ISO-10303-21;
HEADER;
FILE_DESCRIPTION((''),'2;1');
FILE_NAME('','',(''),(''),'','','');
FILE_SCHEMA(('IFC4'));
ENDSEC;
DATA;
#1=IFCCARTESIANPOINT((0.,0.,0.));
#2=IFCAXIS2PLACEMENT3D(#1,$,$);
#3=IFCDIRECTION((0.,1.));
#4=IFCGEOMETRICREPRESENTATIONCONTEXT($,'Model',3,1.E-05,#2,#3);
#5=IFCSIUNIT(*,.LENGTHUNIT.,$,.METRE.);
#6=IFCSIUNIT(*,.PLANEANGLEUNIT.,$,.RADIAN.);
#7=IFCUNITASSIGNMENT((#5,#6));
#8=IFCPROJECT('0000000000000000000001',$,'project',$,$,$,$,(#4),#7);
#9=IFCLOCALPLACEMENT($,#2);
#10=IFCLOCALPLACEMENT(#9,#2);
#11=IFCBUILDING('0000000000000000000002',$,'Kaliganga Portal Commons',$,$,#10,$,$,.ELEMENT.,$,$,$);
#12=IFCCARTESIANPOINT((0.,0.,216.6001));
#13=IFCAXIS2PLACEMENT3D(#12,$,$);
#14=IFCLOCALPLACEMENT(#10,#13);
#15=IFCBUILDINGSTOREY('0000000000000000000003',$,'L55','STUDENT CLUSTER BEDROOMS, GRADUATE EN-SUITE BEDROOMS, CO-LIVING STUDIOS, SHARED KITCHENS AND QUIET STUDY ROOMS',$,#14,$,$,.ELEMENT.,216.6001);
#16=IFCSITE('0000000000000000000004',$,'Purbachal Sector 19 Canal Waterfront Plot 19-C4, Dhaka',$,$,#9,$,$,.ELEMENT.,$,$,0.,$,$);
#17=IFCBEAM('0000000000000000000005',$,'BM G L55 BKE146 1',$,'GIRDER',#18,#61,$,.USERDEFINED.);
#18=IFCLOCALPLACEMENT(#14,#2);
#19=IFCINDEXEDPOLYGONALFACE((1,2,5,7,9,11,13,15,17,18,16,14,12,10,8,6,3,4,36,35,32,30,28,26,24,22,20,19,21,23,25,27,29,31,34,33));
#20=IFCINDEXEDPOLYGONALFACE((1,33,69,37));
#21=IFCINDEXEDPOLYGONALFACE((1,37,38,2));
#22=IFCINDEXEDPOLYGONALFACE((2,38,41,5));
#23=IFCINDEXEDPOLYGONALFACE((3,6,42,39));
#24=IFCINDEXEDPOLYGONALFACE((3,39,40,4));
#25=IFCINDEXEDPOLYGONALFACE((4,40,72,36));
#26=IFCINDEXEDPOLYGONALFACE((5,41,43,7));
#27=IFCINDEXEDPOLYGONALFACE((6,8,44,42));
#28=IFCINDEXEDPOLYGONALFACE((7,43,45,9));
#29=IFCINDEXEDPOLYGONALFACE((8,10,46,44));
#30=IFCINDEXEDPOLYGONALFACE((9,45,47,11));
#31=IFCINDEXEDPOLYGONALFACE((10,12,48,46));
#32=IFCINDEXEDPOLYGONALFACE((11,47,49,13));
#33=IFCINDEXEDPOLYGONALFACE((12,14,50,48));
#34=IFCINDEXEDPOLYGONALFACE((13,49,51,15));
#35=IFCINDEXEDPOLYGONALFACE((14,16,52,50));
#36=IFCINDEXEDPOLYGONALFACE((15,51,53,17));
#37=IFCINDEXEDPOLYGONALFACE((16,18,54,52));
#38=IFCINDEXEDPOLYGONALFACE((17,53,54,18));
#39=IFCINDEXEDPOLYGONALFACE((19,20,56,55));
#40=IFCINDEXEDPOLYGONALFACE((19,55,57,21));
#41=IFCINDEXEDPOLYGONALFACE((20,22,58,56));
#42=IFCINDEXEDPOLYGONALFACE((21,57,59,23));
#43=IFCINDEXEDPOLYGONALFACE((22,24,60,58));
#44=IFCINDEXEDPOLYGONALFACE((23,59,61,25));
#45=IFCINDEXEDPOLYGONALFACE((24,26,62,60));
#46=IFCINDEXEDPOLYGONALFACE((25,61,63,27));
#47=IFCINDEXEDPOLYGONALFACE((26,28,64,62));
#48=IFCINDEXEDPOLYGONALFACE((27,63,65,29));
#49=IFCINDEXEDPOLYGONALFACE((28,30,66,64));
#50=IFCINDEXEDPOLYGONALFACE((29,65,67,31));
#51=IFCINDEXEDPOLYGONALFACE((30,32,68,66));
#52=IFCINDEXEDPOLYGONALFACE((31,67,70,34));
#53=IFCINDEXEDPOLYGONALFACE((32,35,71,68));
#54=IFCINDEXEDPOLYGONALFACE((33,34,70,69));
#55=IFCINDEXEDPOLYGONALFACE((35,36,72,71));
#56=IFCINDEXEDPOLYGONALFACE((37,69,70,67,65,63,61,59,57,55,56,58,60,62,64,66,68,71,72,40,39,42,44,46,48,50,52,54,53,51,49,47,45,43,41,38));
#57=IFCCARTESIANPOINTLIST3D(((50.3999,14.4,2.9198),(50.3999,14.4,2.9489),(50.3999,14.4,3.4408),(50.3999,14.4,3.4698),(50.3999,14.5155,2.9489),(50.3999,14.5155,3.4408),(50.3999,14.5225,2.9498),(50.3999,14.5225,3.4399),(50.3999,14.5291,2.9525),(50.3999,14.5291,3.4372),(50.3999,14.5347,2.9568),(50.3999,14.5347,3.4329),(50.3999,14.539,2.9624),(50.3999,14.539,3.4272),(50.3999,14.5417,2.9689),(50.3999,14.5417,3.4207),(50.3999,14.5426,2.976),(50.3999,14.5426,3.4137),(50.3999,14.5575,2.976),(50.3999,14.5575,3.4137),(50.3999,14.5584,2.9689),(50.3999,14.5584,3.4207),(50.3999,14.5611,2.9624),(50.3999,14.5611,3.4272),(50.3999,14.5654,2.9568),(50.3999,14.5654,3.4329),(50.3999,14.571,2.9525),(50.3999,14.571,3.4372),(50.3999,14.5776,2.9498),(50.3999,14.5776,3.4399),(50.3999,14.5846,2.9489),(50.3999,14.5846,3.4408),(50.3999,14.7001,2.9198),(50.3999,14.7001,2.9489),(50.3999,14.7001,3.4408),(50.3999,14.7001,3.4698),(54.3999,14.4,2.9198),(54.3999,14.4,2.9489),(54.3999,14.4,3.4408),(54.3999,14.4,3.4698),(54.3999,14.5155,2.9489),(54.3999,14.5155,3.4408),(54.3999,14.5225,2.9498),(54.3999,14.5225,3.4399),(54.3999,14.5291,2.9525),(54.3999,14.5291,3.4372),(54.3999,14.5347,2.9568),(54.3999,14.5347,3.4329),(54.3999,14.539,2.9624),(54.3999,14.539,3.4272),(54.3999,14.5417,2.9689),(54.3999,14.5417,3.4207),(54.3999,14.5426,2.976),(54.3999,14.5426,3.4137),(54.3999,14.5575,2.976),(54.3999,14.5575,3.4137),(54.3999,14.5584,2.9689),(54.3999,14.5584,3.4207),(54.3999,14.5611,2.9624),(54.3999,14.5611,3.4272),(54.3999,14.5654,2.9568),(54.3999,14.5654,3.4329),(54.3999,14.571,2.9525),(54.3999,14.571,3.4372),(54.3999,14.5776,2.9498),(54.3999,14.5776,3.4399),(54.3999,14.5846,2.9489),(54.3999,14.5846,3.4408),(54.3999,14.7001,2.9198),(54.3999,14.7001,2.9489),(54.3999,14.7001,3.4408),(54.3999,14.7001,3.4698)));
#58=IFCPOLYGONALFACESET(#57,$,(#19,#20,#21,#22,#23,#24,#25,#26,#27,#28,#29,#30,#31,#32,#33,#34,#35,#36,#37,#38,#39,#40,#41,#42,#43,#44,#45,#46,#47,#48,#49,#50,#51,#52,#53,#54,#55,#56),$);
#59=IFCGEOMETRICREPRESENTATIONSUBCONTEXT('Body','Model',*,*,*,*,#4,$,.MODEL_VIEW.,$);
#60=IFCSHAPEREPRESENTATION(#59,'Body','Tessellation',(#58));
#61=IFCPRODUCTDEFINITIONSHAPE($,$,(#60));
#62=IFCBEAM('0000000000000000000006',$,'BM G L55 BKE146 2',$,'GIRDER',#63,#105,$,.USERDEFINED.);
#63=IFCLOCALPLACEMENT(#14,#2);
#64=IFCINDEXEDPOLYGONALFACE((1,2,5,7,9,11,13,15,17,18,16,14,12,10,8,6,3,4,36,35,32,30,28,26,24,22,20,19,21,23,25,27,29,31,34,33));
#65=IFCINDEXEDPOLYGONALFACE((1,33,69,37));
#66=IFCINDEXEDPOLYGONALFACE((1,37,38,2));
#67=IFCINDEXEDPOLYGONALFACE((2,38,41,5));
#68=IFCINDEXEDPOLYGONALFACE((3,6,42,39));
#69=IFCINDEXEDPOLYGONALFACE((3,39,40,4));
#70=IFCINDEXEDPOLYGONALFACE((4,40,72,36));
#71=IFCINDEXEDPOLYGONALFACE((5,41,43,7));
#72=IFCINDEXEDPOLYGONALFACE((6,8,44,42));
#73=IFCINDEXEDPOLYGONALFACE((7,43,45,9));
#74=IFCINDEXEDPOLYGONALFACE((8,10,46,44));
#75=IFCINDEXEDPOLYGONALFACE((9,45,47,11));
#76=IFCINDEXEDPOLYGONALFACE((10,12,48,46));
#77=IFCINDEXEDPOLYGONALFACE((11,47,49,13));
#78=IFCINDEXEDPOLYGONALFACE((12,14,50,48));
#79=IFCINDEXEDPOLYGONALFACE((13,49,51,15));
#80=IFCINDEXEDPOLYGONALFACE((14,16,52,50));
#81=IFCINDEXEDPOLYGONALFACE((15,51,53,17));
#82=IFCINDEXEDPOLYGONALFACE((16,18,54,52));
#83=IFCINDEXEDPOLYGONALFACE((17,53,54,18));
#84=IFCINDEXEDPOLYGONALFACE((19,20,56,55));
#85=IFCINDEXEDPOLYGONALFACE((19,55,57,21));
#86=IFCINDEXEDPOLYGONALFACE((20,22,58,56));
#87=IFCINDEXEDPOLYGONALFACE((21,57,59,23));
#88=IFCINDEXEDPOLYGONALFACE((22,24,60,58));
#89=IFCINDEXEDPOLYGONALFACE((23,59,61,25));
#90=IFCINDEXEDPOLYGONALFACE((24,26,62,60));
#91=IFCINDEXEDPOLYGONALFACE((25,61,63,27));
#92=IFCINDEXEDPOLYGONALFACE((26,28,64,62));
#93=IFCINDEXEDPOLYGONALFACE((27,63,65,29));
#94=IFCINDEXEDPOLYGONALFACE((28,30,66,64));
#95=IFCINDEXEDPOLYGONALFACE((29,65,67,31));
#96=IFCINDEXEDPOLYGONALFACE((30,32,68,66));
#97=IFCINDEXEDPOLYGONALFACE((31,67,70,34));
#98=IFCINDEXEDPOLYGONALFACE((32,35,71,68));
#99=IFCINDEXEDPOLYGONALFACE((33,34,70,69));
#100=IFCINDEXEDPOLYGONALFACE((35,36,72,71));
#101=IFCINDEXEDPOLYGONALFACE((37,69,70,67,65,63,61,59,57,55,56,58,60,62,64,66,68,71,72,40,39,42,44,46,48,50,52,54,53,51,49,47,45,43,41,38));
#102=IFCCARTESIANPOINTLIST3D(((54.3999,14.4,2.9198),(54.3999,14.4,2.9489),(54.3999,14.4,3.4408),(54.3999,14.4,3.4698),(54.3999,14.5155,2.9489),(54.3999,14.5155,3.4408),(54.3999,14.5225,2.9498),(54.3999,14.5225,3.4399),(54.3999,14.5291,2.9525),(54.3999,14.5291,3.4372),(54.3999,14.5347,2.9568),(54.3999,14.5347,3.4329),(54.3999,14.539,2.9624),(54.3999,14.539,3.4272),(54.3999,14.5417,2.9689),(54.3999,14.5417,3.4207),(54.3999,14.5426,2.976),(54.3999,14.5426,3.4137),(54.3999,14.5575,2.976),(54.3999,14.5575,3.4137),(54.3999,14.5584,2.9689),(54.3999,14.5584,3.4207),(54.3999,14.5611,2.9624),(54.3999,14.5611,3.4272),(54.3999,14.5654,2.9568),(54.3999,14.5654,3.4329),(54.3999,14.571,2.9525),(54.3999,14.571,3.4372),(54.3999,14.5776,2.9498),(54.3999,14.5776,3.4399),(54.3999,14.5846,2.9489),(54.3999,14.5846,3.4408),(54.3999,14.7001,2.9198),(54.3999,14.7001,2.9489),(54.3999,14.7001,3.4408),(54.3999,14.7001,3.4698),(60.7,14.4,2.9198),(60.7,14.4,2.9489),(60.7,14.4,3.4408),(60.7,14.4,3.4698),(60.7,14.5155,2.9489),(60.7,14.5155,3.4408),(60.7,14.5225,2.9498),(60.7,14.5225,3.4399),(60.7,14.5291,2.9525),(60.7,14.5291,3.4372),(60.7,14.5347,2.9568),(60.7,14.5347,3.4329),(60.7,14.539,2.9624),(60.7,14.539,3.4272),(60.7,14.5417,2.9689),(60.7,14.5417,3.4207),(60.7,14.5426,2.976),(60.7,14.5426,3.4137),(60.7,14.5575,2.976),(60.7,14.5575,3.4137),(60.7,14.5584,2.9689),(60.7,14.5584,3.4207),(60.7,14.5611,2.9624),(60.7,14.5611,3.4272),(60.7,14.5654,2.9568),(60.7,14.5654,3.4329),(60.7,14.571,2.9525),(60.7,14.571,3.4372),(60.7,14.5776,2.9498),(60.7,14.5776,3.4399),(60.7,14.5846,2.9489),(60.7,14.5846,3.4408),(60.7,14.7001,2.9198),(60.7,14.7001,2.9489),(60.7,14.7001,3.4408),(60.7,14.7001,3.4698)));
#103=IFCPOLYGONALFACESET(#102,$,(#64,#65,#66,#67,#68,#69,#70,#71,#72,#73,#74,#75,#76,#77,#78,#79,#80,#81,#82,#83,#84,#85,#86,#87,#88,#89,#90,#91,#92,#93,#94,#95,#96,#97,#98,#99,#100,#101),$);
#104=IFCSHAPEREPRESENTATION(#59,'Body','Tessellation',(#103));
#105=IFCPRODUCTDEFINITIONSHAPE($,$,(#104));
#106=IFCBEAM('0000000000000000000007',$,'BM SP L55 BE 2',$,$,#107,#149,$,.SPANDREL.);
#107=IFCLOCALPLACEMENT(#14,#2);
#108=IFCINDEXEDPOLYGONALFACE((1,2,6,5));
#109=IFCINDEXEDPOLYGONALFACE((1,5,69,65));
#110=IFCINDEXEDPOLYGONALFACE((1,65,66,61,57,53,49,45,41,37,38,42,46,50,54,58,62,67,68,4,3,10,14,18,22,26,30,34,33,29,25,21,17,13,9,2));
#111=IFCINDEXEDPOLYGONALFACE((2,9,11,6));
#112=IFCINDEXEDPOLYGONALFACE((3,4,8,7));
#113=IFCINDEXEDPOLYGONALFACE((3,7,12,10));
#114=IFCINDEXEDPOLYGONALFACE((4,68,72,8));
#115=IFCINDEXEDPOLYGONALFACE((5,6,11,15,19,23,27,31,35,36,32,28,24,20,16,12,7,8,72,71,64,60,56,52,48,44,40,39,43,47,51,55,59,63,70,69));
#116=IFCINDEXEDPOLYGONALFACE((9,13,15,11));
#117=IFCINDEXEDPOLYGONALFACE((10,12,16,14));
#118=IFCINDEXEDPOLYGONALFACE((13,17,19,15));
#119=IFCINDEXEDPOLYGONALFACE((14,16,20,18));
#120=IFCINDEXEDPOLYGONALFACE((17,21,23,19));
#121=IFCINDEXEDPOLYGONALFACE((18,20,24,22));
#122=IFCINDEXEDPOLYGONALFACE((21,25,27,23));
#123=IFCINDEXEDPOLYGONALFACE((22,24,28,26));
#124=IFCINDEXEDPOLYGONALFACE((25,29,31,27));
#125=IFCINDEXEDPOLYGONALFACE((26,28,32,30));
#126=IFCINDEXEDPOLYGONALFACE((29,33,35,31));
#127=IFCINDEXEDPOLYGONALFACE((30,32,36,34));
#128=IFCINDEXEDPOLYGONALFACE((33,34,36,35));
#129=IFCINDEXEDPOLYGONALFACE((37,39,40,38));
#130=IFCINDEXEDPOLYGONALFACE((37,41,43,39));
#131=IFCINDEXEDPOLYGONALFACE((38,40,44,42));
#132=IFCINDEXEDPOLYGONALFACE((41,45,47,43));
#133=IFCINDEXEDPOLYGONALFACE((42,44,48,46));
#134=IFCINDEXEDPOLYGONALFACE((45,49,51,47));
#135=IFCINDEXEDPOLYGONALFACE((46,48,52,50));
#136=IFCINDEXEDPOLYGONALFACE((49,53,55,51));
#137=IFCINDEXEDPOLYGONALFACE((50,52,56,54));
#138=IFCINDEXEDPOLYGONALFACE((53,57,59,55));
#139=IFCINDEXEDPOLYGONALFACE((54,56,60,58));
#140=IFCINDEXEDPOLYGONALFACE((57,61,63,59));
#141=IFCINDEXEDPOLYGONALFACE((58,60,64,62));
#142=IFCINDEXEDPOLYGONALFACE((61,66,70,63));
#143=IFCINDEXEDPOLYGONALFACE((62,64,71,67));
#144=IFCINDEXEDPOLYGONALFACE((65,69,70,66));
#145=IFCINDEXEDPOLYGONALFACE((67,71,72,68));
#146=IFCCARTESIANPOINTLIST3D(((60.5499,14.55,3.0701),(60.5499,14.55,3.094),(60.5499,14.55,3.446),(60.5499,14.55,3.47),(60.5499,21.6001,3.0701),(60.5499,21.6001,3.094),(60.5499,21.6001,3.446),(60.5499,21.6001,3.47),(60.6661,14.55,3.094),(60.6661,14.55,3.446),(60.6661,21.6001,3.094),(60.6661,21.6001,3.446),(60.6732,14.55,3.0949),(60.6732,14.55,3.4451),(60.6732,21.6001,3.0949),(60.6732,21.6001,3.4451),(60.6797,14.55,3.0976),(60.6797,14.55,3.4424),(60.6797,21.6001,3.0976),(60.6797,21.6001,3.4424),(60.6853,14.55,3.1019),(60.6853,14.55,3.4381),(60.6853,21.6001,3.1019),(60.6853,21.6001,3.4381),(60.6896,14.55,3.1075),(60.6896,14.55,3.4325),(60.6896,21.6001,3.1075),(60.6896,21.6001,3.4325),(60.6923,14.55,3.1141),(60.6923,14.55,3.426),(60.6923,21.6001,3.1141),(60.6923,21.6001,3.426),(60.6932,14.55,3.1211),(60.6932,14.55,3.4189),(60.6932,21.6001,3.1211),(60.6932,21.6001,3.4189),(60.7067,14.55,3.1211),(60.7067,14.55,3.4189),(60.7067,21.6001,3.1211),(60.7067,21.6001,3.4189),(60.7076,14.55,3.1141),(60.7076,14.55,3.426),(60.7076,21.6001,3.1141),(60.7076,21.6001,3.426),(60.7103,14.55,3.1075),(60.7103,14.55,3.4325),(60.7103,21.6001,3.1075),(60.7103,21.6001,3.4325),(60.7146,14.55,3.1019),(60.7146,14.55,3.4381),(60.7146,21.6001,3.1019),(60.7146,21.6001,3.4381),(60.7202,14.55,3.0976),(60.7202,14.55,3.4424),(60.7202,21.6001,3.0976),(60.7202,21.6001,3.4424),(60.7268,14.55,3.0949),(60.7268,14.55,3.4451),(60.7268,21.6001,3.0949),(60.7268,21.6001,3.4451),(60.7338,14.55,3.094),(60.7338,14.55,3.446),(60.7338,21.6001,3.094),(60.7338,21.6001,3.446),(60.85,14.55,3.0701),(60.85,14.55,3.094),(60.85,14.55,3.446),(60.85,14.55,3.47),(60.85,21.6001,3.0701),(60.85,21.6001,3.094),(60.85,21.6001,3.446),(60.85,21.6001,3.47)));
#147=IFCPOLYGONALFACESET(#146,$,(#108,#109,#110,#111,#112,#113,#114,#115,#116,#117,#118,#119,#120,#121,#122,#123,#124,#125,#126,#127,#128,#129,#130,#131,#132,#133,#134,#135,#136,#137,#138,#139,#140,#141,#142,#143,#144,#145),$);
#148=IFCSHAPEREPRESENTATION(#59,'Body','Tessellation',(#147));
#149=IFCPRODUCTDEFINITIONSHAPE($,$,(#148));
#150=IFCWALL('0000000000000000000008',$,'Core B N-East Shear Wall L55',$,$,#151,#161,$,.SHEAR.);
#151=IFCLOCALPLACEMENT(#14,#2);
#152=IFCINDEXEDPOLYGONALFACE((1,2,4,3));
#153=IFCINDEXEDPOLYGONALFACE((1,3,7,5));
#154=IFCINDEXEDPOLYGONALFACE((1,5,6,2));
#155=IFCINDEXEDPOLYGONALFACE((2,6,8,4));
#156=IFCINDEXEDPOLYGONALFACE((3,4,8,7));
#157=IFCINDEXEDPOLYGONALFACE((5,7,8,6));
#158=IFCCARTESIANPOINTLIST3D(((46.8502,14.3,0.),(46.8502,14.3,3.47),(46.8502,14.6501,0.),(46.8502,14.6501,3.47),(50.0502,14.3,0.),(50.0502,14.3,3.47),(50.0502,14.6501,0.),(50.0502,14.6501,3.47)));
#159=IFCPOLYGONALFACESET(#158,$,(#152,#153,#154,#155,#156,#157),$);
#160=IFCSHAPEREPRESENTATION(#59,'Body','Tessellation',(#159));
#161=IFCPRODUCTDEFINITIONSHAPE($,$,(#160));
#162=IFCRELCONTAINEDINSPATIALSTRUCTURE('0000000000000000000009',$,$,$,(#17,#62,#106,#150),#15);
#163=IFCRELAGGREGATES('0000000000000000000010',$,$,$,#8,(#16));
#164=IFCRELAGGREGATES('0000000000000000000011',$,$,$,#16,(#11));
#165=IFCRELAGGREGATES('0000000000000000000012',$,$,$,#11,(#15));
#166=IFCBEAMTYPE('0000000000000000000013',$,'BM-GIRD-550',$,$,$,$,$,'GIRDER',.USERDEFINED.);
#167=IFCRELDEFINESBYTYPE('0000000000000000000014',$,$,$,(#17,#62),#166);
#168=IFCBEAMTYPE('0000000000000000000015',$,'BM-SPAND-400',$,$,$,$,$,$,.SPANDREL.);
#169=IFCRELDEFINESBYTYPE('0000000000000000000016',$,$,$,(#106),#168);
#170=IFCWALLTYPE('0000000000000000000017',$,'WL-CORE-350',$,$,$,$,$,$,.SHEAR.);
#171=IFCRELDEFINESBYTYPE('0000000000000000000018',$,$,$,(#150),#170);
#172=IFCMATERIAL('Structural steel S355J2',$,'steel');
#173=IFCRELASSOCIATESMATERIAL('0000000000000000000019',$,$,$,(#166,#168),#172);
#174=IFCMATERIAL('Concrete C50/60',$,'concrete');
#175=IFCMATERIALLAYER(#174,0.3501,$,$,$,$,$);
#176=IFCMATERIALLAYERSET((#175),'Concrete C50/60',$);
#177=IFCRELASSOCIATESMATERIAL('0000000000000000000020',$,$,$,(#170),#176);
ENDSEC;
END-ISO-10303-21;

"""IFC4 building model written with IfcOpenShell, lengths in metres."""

from ifc_helpers import new_model, si_unit, direction, frame, frame_2d, origin, origin_2d, place, context, subcontext, project, spatial, rectangle, i_section, extrude, source, transform, mapped, material, layer, layer_set, material_profile, profile_set, type_object, element, save


model = new_model("IFC4")

# Units and contexts
model_context = context("Model", 3, precision=1e-05, world=origin(), true_north=direction((0.0, 1.0)))
body_context = subcontext(model_context, "Body", "Model", "MODEL_VIEW")
ifc_project = project(units=[si_unit("LENGTHUNIT", "METRE"), si_unit("PLANEANGLEUNIT", "RADIAN")], contexts=[model_context])

# Site, building, storey
site_placement = place(None, origin())
site = spatial("IfcSite", under=ifc_project, at=site_placement, Name="Purbachal Sector 19 Canal Waterfront Plot 19-C4, Dhaka", CompositionType="ELEMENT", RefElevation=0.0)
building_placement = place(site_placement, origin())
building = spatial("IfcBuilding", under=site, at=building_placement, Name="Kaliganga Portal Commons", CompositionType="ELEMENT")
storey_placement = place(building_placement, frame((0.0, 0.0, 216.6001)))
storey = spatial("IfcBuildingStorey", under=building, at=storey_placement, Name="L55", Description="STUDENT CLUSTER BEDROOMS, GRADUATE EN-SUITE BEDROOMS, CO-LIVING STUDIOS, SHARED KITCHENS AND QUIET STUDY ROOMS", CompositionType="ELEMENT", Elevation=216.6001)

# Shared definitions
ifc_material_1 = material(Name="Concrete C50/60", Category="concrete")
ifc_material_2 = material(Name="Structural steel S355J2", Category="steel")

# Beams
ifc_material_profile_1 = material_profile(ifc_material_2, i_section(OverallWidth=0.3, OverallDepth=0.55, WebThickness=0.0149, FlangeThickness=0.0291, FilletRadius=0.0271, at=origin_2d()), Name="HE 550 B")
ifc_profile_set_1 = profile_set([ifc_material_profile_1], Name="Structural steel S355J2 wide-flange")
beam_type_1 = type_object("IfcBeamType", Name="BM-GIRD-550", ElementType="GIRDER", PredefinedType="USERDEFINED", material=ifc_profile_set_1)
shared_shape_1 = source(origin(), body_context, "Body", "SweptSolid", [
    extrude(i_section(OverallWidth=0.3, OverallDepth=0.55, WebThickness=0.0149, FlangeThickness=0.0291, FilletRadius=0.0271, at=origin_2d()), origin(), (0.0, 0.0, 1.0), 4.0),
])
beam_1_placement = place(storey_placement, frame((50.3999, 14.55, 3.1948), z_axis=(1.0, 0.0, 0.0), x_axis=(0.0, 1.0, 0.0)))
element("IfcBeam", 1, at=beam_1_placement, inside=storey, type_object=beam_type_1, Name="BM G L55 BKE146 1", ObjectType="GIRDER", PredefinedType="USERDEFINED", context=body_context, shape_type="MappedRepresentation", body=[
    mapped(shared_shape_1, transform((0.0, 0.0, 0.0), x_axis=(1.0, 0.0, 0.0), y_axis=(0.0, 1.0, 0.0), z_axis=(0.0, 0.0, 1.0), scale=1.0)),
])
shared_shape_2 = source(origin(), body_context, "Body", "SweptSolid", [
    extrude(i_section(OverallWidth=0.3, OverallDepth=0.55, WebThickness=0.0149, FlangeThickness=0.0291, FilletRadius=0.0271, at=origin_2d()), origin(), (0.0, 0.0, 1.0), 6.3),
])
beam_2_placement = place(storey_placement, frame((54.3999, 14.55, 3.1948), z_axis=(1.0, 0.0, 0.0), x_axis=(0.0, 1.0, 0.0)))
element("IfcBeam", 2, at=beam_2_placement, inside=storey, type_object=beam_type_1, Name="BM G L55 BKE146 2", ObjectType="GIRDER", PredefinedType="USERDEFINED", context=body_context, shape_type="MappedRepresentation", body=[
    mapped(shared_shape_2, transform((0.0, 0.0, 0.0), x_axis=(1.0, 0.0, 0.0), y_axis=(0.0, 1.0, 0.0), z_axis=(0.0, 0.0, 1.0), scale=1.0)),
])
ifc_material_profile_2 = material_profile(ifc_material_2, i_section(OverallWidth=0.3, OverallDepth=0.3999, WebThickness=0.0134, FlangeThickness=0.0239, FilletRadius=0.0271, at=origin_2d()), Name="HE 400 B")
ifc_profile_set_2 = profile_set([ifc_material_profile_2], Name="Structural steel S355J2 wide-flange")
beam_type_2 = type_object("IfcBeamType", Name="BM-SPAND-400", PredefinedType="SPANDREL", material=ifc_profile_set_2)
shared_shape_3 = source(origin(), body_context, "Body", "SweptSolid", [
    extrude(i_section(OverallWidth=0.3, OverallDepth=0.3999, WebThickness=0.0134, FlangeThickness=0.0239, FilletRadius=0.0271, at=origin_2d()), origin(), (0.0, 0.0, 1.0), 7.05),
])
beam_3_placement = place(storey_placement, frame((60.7, 14.55, 3.27), z_axis=(0.0, 1.0, 0.0), x_axis=(-1.0, 0.0, 0.0)))
element("IfcBeam", 3, at=beam_3_placement, inside=storey, type_object=beam_type_2, Name="BM SP L55 BE 2", PredefinedType="SPANDREL", context=body_context, shape_type="MappedRepresentation", body=[
    mapped(shared_shape_3, transform((0.0, 0.0, 0.0), x_axis=(1.0, 0.0, 0.0), y_axis=(0.0, 1.0, 0.0), z_axis=(0.0, 0.0, 1.0), scale=1.0)),
])

# Wall
ifc_layer_1 = layer(ifc_material_1, 0.3501)
ifc_layer_set_1 = layer_set([ifc_layer_1], Name="Concrete C50/60")
wall_type_1 = type_object("IfcWallType", Name="WL-CORE-350", PredefinedType="SHEAR", material=ifc_layer_set_1)
wall_1_placement = place(storey_placement, frame((46.8501, 14.4751, 0.0), z_axis=(0.0, 0.0, 1.0), x_axis=(1.0, 0.0, 0.0)))
element("IfcWall", 4, at=wall_1_placement, inside=storey, type_object=wall_type_1, Name="Core B N-East Shear Wall L55", PredefinedType="SHEAR", context=body_context, shape_type="SweptSolid", body=[
    extrude(rectangle(XDim=3.2, YDim=0.3501, at=frame_2d((1.6001, 0.0))), origin(), (0.0, 0.0, 1.0), 3.47),
])

save(model, "model.ifc")
